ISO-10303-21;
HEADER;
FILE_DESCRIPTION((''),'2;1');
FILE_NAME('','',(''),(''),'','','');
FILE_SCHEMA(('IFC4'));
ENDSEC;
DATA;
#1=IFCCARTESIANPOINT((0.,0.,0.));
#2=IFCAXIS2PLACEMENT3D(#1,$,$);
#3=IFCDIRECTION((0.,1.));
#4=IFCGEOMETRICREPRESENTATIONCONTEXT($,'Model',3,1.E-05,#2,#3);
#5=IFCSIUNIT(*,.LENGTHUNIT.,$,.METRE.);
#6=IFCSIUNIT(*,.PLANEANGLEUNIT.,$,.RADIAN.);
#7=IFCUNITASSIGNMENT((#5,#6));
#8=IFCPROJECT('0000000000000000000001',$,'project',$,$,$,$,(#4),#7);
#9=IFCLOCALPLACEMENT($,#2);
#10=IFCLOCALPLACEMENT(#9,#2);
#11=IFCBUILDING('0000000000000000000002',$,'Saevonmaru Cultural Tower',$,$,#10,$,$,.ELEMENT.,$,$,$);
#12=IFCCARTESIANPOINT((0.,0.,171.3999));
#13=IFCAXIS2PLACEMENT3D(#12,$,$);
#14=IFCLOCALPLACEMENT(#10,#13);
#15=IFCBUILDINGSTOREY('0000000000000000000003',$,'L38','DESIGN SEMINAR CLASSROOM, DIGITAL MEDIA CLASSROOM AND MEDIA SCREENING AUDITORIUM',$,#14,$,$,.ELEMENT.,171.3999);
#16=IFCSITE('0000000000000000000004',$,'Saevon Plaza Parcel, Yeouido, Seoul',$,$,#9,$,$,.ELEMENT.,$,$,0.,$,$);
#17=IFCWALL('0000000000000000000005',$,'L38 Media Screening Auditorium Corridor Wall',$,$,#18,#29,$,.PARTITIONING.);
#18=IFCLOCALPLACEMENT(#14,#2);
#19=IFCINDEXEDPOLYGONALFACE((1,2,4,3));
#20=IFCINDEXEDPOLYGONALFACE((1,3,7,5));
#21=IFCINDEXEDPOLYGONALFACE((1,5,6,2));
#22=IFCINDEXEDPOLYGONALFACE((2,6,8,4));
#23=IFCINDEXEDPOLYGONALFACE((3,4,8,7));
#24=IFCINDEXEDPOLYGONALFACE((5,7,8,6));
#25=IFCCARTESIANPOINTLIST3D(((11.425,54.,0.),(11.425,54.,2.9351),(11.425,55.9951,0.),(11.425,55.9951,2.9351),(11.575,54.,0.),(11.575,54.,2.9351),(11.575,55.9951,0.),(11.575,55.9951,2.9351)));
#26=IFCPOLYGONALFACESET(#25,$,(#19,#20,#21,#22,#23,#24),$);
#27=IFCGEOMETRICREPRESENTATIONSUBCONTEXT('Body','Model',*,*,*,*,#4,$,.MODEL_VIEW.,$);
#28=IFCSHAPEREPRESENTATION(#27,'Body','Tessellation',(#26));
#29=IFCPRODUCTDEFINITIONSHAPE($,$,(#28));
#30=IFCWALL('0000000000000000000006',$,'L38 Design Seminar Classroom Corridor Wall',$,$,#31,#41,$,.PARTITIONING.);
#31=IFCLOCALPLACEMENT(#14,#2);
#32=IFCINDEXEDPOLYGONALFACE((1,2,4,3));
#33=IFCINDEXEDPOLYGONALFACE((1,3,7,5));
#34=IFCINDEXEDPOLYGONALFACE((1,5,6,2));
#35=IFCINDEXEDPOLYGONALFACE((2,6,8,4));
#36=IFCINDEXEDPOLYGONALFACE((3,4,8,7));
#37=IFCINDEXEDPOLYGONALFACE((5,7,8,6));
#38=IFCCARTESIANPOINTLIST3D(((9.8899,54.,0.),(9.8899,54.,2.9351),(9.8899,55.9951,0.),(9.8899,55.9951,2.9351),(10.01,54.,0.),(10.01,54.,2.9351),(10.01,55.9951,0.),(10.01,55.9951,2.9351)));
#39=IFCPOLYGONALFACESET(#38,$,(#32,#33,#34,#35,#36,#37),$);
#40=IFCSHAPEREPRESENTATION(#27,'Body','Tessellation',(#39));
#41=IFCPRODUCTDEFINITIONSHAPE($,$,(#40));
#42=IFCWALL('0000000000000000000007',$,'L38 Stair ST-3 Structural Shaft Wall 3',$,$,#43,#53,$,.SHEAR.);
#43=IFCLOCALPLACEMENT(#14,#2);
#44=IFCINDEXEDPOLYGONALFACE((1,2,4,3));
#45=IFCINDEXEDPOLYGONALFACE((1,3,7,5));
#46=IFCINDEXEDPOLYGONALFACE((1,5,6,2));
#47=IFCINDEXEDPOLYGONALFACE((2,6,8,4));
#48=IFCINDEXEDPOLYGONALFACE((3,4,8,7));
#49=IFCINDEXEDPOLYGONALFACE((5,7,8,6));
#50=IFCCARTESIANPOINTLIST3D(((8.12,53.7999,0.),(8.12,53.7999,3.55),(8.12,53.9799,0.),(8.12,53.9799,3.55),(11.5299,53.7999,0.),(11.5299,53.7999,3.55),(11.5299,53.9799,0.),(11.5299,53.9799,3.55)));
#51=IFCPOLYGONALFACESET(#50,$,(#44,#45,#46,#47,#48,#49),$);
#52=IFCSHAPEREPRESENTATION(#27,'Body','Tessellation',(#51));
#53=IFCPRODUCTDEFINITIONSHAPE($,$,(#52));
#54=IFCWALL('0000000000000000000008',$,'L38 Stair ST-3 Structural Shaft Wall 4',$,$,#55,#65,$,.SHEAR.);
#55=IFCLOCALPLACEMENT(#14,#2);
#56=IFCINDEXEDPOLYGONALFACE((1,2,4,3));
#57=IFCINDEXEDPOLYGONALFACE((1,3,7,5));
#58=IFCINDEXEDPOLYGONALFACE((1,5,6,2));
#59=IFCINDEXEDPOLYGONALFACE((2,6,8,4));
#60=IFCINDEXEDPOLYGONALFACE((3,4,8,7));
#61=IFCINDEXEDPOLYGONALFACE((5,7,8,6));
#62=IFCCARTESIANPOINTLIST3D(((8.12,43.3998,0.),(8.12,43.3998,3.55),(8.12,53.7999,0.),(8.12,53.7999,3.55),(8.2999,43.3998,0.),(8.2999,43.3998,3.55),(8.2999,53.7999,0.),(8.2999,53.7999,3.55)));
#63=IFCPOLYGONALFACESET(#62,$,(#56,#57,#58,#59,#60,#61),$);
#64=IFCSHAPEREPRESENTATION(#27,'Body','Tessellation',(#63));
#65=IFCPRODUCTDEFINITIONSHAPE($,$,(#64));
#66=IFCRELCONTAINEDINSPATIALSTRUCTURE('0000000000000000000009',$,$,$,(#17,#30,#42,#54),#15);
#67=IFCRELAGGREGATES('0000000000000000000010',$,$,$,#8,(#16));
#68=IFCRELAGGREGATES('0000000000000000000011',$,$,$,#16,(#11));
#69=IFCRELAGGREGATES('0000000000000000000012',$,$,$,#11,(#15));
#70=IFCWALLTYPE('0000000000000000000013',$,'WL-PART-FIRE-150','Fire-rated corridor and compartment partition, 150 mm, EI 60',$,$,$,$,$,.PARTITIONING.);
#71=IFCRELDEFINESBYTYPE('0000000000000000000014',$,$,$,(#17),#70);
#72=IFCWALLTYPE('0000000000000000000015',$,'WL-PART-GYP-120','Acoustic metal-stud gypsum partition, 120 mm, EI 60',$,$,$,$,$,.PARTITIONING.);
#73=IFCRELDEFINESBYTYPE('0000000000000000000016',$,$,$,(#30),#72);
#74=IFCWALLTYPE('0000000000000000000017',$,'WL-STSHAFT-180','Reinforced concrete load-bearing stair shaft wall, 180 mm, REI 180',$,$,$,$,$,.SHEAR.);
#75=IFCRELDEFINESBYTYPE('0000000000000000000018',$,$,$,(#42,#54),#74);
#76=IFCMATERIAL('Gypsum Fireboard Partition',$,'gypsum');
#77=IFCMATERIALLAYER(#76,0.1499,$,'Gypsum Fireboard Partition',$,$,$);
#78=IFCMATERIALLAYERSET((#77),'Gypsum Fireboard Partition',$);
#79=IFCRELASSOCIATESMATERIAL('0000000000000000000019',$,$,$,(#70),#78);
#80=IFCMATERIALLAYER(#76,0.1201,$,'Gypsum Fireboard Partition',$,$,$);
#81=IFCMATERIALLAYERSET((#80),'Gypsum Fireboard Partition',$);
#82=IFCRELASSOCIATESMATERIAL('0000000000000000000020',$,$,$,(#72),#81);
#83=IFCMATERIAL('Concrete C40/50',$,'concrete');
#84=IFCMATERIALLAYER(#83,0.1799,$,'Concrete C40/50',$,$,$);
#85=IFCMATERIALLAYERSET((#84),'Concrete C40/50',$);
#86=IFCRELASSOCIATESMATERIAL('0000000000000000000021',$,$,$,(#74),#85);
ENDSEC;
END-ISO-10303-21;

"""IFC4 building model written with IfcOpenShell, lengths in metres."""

from ifc_helpers import new_model, si_unit, direction, frame, frame_2d, origin, place, context, subcontext, project, spatial, rectangle, extrude, material, layer, layer_set, type_object, element, save


model = new_model("IFC4")

# Units and contexts
model_context = context("Model", 3, precision=1e-05, world=origin(), true_north=direction((0.0, 1.0)))
body_context = subcontext(model_context, "Body", "Model", "MODEL_VIEW")
ifc_project = project(units=[si_unit("LENGTHUNIT", "METRE"), si_unit("PLANEANGLEUNIT", "RADIAN")], contexts=[model_context])

# Site, building, storey
site_placement = place(None, origin())
site = spatial("IfcSite", under=ifc_project, at=site_placement, Name="Saevon Plaza Parcel, Yeouido, Seoul", CompositionType="ELEMENT", RefElevation=0.0)
building_placement = place(site_placement, origin())
building = spatial("IfcBuilding", under=site, at=building_placement, Name="Saevonmaru Cultural Tower", CompositionType="ELEMENT")
storey_placement = place(building_placement, frame((0.0, 0.0, 171.3999)))
storey = spatial("IfcBuildingStorey", under=building, at=storey_placement, Name="L38", Description="DESIGN SEMINAR CLASSROOM, DIGITAL MEDIA CLASSROOM AND MEDIA SCREENING AUDITORIUM", CompositionType="ELEMENT", Elevation=171.3999)

# Walls
ifc_material_1 = material(Name="Gypsum Fireboard Partition", Category="gypsum")
ifc_layer_1 = layer(ifc_material_1, 0.1499, Name="Gypsum Fireboard Partition")
ifc_layer_set_1 = layer_set([ifc_layer_1], Name="Gypsum Fireboard Partition")
wall_type_1 = type_object("IfcWallType", Name="WL-PART-FIRE-150", Description="Fire-rated corridor and compartment partition, 150 mm, EI 60", PredefinedType="PARTITIONING", material=ifc_layer_set_1)
wall_1_placement = place(storey_placement, frame((11.5, 54.0, 0.0), z_axis=(0.0, 0.0, 1.0), x_axis=(0.0, 1.0, 0.0)))
element("IfcWall", 1, at=wall_1_placement, inside=storey, type_object=wall_type_1, Name="L38 Media Screening Auditorium Corridor Wall", PredefinedType="PARTITIONING", context=body_context, shape_type="SweptSolid", body=[
    extrude(rectangle(XDim=1.9951, YDim=0.1499, at=frame_2d((0.9976, 0.0))), origin(), (0.0, 0.0, 1.0), 2.9351),
])
ifc_layer_2 = layer(ifc_material_1, 0.1201, Name="Gypsum Fireboard Partition")
ifc_layer_set_2 = layer_set([ifc_layer_2], Name="Gypsum Fireboard Partition")
wall_type_2 = type_object("IfcWallType", Name="WL-PART-GYP-120", Description="Acoustic metal-stud gypsum partition, 120 mm, EI 60", PredefinedType="PARTITIONING", material=ifc_layer_set_2)
wall_2_placement = place(storey_placement, frame((9.95, 54.0, 0.0), z_axis=(0.0, 0.0, 1.0), x_axis=(0.0, 1.0, 0.0)))
element("IfcWall", 2, at=wall_2_placement, inside=storey, type_object=wall_type_2, Name="L38 Design Seminar Classroom Corridor Wall", PredefinedType="PARTITIONING", context=body_context, shape_type="SweptSolid", body=[
    extrude(rectangle(XDim=1.9951, YDim=0.1201, at=frame_2d((0.9976, 0.0))), origin(), (0.0, 0.0, 1.0), 2.9351),
])
ifc_material_2 = material(Name="Concrete C40/50", Category="concrete")
ifc_layer_3 = layer(ifc_material_2, 0.1799, Name="Concrete C40/50")
ifc_layer_set_3 = layer_set([ifc_layer_3], Name="Concrete C40/50")
wall_type_3 = type_object("IfcWallType", Name="WL-STSHAFT-180", Description="Reinforced concrete load-bearing stair shaft wall, 180 mm, REI 180", PredefinedType="SHEAR", material=ifc_layer_set_3)
wall_3_placement = place(storey_placement, frame((11.53, 53.8899, 0.0), z_axis=(0.0, 0.0, 1.0), x_axis=(-1.0, 0.0, 0.0)))
element("IfcWall", 3, at=wall_3_placement, inside=storey, type_object=wall_type_3, Name="L38 Stair ST-3 Structural Shaft Wall 3", PredefinedType="SHEAR", context=body_context, shape_type="SweptSolid", body=[
    extrude(rectangle(XDim=3.4099, YDim=0.1799, at=frame_2d((1.7051, 0.0))), origin(), (0.0, 0.0, 1.0), 3.55),
])
wall_4_placement = place(storey_placement, frame((8.21, 53.8, 0.0), z_axis=(0.0, 0.0, 1.0), x_axis=(0.0, -1.0, 0.0)))
element("IfcWall", 4, at=wall_4_placement, inside=storey, type_object=wall_type_3, Name="L38 Stair ST-3 Structural Shaft Wall 4", PredefinedType="SHEAR", context=body_context, shape_type="SweptSolid", body=[
    extrude(rectangle(XDim=10.4001, YDim=0.1799, at=frame_2d((5.2002, 0.0))), origin(), (0.0, 0.0, 1.0), 3.55),
])

save(model, "model.ifc")
